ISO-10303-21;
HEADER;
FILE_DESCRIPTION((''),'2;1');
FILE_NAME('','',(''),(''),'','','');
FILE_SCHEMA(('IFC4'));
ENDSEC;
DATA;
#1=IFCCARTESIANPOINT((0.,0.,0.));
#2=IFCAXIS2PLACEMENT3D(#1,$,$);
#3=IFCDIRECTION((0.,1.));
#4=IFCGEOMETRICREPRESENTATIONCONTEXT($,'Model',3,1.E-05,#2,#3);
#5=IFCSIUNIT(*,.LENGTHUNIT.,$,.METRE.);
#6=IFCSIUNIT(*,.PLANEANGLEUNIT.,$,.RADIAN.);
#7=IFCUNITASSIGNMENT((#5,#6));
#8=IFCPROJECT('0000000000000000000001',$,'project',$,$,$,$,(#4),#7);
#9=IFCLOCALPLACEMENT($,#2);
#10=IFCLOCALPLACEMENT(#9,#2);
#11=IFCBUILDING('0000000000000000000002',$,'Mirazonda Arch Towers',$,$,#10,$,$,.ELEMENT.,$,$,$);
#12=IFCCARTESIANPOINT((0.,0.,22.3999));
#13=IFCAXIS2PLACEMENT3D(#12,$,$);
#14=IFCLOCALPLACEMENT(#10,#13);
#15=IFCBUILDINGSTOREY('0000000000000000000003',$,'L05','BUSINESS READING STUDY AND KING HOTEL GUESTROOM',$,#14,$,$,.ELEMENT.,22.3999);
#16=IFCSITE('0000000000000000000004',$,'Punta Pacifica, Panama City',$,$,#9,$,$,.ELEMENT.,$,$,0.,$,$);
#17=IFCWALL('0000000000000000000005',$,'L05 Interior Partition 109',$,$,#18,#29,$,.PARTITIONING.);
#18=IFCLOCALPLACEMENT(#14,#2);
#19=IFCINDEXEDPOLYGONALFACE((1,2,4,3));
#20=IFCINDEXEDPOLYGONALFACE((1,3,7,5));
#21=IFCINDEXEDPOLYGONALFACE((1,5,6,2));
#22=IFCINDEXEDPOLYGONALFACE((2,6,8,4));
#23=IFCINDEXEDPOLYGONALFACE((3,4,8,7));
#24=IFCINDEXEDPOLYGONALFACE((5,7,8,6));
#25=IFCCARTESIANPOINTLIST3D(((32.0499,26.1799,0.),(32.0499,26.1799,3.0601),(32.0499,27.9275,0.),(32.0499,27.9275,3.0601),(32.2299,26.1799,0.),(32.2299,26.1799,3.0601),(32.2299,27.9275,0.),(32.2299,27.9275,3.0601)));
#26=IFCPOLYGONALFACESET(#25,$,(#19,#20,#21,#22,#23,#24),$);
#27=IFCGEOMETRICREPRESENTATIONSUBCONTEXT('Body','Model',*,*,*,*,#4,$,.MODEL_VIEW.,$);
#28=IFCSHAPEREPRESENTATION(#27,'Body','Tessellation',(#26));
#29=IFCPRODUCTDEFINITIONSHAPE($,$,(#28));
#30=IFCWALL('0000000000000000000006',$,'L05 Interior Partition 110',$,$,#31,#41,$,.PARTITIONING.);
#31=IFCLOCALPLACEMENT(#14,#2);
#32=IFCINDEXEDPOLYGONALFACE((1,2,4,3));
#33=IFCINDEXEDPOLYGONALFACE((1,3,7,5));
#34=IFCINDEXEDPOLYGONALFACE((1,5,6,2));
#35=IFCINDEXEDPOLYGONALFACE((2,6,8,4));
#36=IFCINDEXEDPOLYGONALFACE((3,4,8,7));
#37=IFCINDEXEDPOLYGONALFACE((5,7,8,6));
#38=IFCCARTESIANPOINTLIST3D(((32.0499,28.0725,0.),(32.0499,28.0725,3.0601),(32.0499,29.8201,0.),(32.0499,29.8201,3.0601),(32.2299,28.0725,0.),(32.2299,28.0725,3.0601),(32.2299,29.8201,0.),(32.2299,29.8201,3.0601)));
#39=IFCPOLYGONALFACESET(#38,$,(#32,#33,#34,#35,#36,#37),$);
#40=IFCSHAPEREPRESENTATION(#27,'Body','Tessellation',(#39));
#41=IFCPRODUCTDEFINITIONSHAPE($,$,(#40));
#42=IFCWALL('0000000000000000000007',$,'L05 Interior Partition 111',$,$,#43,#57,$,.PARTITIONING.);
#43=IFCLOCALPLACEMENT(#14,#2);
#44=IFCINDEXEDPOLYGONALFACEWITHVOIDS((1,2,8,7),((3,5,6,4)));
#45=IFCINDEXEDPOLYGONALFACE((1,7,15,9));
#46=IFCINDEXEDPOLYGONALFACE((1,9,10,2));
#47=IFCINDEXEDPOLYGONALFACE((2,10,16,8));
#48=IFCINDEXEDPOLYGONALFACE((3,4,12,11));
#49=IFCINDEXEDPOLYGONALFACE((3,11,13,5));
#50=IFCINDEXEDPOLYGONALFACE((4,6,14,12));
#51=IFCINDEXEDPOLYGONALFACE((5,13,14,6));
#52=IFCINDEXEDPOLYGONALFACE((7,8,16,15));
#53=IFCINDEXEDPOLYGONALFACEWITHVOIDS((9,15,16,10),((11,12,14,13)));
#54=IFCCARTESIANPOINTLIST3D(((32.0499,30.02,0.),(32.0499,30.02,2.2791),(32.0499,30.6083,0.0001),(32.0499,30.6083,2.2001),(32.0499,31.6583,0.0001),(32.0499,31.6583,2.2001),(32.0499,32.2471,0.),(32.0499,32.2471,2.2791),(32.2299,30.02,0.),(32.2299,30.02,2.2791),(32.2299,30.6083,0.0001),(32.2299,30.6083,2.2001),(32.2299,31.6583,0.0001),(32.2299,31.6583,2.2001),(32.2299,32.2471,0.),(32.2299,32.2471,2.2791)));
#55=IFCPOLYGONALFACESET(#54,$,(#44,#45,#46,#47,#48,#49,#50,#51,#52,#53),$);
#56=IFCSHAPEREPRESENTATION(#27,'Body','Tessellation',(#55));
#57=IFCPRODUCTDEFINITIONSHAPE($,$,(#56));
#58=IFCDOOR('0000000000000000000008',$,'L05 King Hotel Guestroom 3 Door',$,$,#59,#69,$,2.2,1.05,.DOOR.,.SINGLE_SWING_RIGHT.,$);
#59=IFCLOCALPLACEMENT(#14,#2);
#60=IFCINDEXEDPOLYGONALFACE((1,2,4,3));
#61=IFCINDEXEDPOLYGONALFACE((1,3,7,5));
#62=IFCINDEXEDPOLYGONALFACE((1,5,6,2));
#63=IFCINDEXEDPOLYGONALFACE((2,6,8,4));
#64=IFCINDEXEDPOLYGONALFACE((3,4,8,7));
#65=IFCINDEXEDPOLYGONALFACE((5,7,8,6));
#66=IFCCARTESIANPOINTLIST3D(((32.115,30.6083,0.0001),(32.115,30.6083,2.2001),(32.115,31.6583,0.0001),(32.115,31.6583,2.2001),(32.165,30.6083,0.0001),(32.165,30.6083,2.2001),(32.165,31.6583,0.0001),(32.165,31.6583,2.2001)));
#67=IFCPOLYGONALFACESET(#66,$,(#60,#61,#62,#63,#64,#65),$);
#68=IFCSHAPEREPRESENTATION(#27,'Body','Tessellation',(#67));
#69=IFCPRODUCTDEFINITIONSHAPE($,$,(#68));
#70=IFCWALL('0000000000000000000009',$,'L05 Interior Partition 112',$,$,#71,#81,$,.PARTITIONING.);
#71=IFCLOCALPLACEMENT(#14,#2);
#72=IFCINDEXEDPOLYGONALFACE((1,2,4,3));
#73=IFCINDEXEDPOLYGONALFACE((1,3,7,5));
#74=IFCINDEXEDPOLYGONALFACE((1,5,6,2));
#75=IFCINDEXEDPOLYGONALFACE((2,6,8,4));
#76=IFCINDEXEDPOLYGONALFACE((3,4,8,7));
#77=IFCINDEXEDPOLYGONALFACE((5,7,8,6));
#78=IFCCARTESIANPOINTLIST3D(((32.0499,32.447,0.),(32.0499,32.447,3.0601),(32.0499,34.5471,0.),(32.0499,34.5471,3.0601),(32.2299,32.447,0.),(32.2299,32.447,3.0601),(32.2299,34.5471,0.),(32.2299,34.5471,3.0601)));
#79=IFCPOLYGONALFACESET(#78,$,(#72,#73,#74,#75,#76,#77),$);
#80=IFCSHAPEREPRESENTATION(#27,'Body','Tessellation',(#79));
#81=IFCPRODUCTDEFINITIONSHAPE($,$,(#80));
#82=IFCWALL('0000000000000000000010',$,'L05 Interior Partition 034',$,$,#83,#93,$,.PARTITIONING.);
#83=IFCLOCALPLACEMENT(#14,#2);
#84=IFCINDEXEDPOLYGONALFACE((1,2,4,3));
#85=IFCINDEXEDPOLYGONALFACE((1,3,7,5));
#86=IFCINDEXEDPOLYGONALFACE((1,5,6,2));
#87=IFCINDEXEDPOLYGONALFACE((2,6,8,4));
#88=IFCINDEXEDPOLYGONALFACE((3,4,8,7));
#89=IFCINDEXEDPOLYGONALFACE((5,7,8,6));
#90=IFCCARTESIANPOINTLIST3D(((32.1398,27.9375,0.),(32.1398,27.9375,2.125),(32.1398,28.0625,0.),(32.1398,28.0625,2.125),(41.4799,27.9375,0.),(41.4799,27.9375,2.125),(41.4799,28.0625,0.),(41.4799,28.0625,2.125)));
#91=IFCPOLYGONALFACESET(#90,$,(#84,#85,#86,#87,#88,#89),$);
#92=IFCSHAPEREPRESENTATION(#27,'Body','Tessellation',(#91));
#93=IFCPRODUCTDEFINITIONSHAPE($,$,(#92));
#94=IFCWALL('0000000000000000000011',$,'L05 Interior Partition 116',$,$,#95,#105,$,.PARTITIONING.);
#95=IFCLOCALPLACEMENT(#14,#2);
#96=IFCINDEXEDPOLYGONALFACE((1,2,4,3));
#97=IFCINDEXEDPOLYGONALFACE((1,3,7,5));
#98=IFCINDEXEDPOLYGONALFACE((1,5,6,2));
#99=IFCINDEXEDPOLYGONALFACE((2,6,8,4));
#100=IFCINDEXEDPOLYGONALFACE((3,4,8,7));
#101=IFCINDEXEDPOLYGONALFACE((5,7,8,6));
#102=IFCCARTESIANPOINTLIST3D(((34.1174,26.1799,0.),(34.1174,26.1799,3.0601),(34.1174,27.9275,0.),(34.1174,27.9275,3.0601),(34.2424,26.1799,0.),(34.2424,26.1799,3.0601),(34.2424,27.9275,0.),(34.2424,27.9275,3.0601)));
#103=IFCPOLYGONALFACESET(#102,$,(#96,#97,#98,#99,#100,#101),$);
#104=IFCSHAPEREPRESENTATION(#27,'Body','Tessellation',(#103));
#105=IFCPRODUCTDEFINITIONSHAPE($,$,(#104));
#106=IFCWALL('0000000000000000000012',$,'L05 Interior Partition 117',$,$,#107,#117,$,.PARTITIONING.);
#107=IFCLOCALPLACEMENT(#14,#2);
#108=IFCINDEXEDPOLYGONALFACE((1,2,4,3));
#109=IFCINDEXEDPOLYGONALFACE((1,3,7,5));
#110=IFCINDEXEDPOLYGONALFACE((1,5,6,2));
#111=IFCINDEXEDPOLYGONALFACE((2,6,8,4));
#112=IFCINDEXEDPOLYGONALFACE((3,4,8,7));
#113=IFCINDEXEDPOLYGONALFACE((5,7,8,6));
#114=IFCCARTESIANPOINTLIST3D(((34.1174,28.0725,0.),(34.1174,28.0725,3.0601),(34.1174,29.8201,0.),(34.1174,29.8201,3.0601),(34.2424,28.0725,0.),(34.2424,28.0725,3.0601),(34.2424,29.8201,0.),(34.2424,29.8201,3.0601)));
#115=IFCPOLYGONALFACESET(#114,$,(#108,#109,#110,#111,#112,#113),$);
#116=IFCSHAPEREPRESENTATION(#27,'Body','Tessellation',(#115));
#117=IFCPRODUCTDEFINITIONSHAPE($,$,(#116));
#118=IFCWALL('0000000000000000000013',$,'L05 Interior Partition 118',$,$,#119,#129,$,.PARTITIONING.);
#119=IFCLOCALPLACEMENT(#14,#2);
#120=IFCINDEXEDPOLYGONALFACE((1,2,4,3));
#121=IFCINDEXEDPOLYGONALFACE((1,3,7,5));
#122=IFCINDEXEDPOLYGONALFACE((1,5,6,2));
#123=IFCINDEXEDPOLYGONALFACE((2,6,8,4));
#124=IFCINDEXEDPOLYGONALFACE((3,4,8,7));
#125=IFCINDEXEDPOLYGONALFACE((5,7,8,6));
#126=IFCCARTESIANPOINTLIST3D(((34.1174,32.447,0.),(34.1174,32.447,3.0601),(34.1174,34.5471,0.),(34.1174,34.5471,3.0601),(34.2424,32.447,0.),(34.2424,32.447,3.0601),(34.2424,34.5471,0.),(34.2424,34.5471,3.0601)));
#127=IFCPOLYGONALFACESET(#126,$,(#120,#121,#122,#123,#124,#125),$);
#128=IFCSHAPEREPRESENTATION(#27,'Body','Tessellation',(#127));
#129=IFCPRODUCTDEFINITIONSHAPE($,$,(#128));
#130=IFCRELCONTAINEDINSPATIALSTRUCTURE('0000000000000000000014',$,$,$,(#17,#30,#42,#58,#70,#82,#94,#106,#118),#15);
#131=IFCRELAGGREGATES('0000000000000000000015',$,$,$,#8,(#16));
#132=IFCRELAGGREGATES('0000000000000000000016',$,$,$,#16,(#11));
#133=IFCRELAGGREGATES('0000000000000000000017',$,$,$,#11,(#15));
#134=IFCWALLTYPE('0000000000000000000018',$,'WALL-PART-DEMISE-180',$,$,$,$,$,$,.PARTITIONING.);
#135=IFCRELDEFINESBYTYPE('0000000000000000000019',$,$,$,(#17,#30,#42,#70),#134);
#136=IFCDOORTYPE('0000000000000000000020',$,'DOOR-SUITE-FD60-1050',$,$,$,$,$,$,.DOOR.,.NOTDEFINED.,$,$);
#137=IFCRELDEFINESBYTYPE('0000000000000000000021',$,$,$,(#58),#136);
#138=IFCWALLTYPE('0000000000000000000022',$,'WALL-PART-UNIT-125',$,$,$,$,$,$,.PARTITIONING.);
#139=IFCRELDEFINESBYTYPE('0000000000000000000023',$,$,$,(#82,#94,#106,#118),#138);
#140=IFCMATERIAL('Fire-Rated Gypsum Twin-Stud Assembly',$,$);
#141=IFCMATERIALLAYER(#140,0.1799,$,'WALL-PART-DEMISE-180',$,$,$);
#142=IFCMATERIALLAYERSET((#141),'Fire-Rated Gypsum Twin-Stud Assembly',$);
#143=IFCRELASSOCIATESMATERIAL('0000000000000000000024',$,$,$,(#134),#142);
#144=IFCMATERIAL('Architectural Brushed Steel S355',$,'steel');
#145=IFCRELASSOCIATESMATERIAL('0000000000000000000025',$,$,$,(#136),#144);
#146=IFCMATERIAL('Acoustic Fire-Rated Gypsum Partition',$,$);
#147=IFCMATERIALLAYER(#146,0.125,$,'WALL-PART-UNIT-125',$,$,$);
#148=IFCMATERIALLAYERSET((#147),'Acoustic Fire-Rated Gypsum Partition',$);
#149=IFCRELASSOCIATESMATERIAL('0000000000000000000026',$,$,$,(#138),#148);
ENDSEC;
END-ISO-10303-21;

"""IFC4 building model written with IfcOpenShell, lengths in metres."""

from ifc_helpers import new_model, si_unit, direction, frame, frame_2d, origin, place, context, subcontext, project, spatial, rectangle, extrude, material, layer, layer_set, type_object, element, fill, save


model = new_model("IFC4")

# Units and contexts
model_context = context("Model", 3, precision=1e-05, world=origin(), true_north=direction((0.0, 1.0)))
body_context = subcontext(model_context, "Body", "Model", "MODEL_VIEW")
ifc_project = project(units=[si_unit("LENGTHUNIT", "METRE"), si_unit("PLANEANGLEUNIT", "RADIAN")], contexts=[model_context])

# Site, building, storey
site_placement = place(None, origin())
site = spatial("IfcSite", under=ifc_project, at=site_placement, Name="Punta Pacifica, Panama City", CompositionType="ELEMENT", RefElevation=0.0)
building_placement = place(site_placement, origin())
building = spatial("IfcBuilding", under=site, at=building_placement, Name="Mirazonda Arch Towers", CompositionType="ELEMENT")
storey_placement = place(building_placement, frame((0.0, 0.0, 22.3999)))
storey = spatial("IfcBuildingStorey", under=building, at=storey_placement, Name="L05", Description="BUSINESS READING STUDY AND KING HOTEL GUESTROOM", CompositionType="ELEMENT", Elevation=22.3999)

# Shared definitions
ifc_material_1 = material(Name="Fire-Rated Gypsum Twin-Stud Assembly")
ifc_layer_1 = layer(ifc_material_1, 0.1799, Name="WALL-PART-DEMISE-180")
ifc_layer_set_1 = layer_set([ifc_layer_1], Name="Fire-Rated Gypsum Twin-Stud Assembly")
wall_type_1 = type_object("IfcWallType", Name="WALL-PART-DEMISE-180", PredefinedType="PARTITIONING", material=ifc_layer_set_1)
ifc_material_2 = material(Name="Architectural Brushed Steel S355", Category="steel")

# Walls
for number, where, z_axis, x_axis, name in (
    (1, (32.1399, 26.1799, 0.0), (0.0, 0.0, 1.0), (0.0, 1.0, 0.0), "L05 Interior Partition 109"),
    (2, (32.1399, 28.0725, 0.0), (0.0, 0.0, 1.0), (0.0, 1.0, 0.0), "L05 Interior Partition 110"),
):
    element("IfcWall", number, at=place(storey_placement, frame(where, z_axis=z_axis, x_axis=x_axis)), inside=storey, type_object=wall_type_1, Name=name, PredefinedType="PARTITIONING", context=body_context, shape_type="SweptSolid", body=[
        extrude(rectangle(XDim=1.7476, YDim=0.1799, at=frame_2d((0.8738, 0.0))), origin(), (0.0, 0.0, 1.0), 3.0601),
    ])

# Wall, opening, door
wall_1_placement = place(storey_placement, frame((32.1399, 30.02, 0.0), z_axis=(0.0, 0.0, 1.0), x_axis=(0.0, 1.0, 0.0)))
wall_1 = element("IfcWall", 3, at=wall_1_placement, inside=storey, type_object=wall_type_1, Name="L05 Interior Partition 111", PredefinedType="PARTITIONING", context=body_context, shape_type="SweptSolid", body=[
    extrude(rectangle(XDim=2.2271, YDim=0.1799, at=frame_2d((1.1135, 0.0))), origin(), (0.0, 0.0, 1.0), 2.2791),
])
opening_1_placement = place(wall_1_placement, frame((0.5884, 0.0, 0.0)))
opening_1 = element("IfcOpeningElement", 4, at=opening_1_placement, cuts=wall_1, PredefinedType="OPENING", context=body_context, shape_type="SweptSolid", body=[
    extrude(rectangle(XDim=1.05, YDim=2.2, at=frame_2d((0.5249, 1.1001))), frame((0.0, 0.0999, 0.0), z_axis=(0.0, -1.0, 0.0), x_axis=(1.0, 0.0, 0.0)), (0.0, 0.0, 1.0), 0.2),
])
door_type_1 = type_object("IfcDoorType", Name="DOOR-SUITE-FD60-1050", OperationType="NOTDEFINED", PredefinedType="DOOR", material=ifc_material_2)
door_1_placement = place(opening_1_placement, origin())
door_1 = element("IfcDoor", 5, at=door_1_placement, inside=storey, type_object=door_type_1, Name="L05 King Hotel Guestroom 3 Door", OperationType="SINGLE_SWING_RIGHT", OverallHeight=2.2, OverallWidth=1.05, PredefinedType="DOOR", context=body_context, shape_type="SweptSolid", body=[
    extrude(rectangle(XDim=1.05, YDim=2.2, at=frame_2d((0.5249, 1.1001))), frame((0.0, 0.0249, 0.0), z_axis=(0.0, -1.0, 0.0), x_axis=(1.0, 0.0, 0.0)), (0.0, 0.0, 1.0), 0.05),
])
fill(opening_1, door_1)

# Walls
wall_2_placement = place(storey_placement, frame((32.1399, 32.447, 0.0), z_axis=(0.0, 0.0, 1.0), x_axis=(0.0, 1.0, 0.0)))
element("IfcWall", 6, at=wall_2_placement, inside=storey, type_object=wall_type_1, Name="L05 Interior Partition 112", PredefinedType="PARTITIONING", context=body_context, shape_type="SweptSolid", body=[
    extrude(rectangle(XDim=2.1001, YDim=0.1799, at=frame_2d((1.05, 0.0))), origin(), (0.0, 0.0, 1.0), 3.0601),
])
ifc_material_3 = material(Name="Acoustic Fire-Rated Gypsum Partition")
ifc_layer_2 = layer(ifc_material_3, 0.125, Name="WALL-PART-UNIT-125")
ifc_layer_set_2 = layer_set([ifc_layer_2], Name="Acoustic Fire-Rated Gypsum Partition")
wall_type_2 = type_object("IfcWallType", Name="WALL-PART-UNIT-125", PredefinedType="PARTITIONING", material=ifc_layer_set_2)
wall_3_placement = place(storey_placement, frame((32.1399, 28.0, 0.0), z_axis=(0.0, 0.0, 1.0), x_axis=(1.0, 0.0, 0.0)))
element("IfcWall", 7, at=wall_3_placement, inside=storey, type_object=wall_type_2, Name="L05 Interior Partition 034", PredefinedType="PARTITIONING", context=body_context, shape_type="SweptSolid", body=[
    extrude(rectangle(XDim=9.3401, YDim=0.125, at=frame_2d((4.6699, 0.0))), origin(), (0.0, 0.0, 1.0), 2.125),
])
for number, where, z_axis, x_axis, name in (
    (8, (34.1799, 26.1799, 0.0), (0.0, 0.0, 1.0), (0.0, 1.0, 0.0), "L05 Interior Partition 116"),
    (9, (34.1799, 28.0725, 0.0), (0.0, 0.0, 1.0), (0.0, 1.0, 0.0), "L05 Interior Partition 117"),
):
    element("IfcWall", number, at=place(storey_placement, frame(where, z_axis=z_axis, x_axis=x_axis)), inside=storey, type_object=wall_type_2, Name=name, PredefinedType="PARTITIONING", context=body_context, shape_type="SweptSolid", body=[
        extrude(rectangle(XDim=1.7476, YDim=0.125, at=frame_2d((0.8738, 0.0))), origin(), (0.0, 0.0, 1.0), 3.0601),
    ])
wall_4_placement = place(storey_placement, frame((34.1799, 32.447, 0.0), z_axis=(0.0, 0.0, 1.0), x_axis=(0.0, 1.0, 0.0)))
element("IfcWall", 10, at=wall_4_placement, inside=storey, type_object=wall_type_2, Name="L05 Interior Partition 118", PredefinedType="PARTITIONING", context=body_context, shape_type="SweptSolid", body=[
    extrude(rectangle(XDim=2.1001, YDim=0.125, at=frame_2d((1.05, 0.0))), origin(), (0.0, 0.0, 1.0), 3.0601),
])

save(model, "model.ifc")
